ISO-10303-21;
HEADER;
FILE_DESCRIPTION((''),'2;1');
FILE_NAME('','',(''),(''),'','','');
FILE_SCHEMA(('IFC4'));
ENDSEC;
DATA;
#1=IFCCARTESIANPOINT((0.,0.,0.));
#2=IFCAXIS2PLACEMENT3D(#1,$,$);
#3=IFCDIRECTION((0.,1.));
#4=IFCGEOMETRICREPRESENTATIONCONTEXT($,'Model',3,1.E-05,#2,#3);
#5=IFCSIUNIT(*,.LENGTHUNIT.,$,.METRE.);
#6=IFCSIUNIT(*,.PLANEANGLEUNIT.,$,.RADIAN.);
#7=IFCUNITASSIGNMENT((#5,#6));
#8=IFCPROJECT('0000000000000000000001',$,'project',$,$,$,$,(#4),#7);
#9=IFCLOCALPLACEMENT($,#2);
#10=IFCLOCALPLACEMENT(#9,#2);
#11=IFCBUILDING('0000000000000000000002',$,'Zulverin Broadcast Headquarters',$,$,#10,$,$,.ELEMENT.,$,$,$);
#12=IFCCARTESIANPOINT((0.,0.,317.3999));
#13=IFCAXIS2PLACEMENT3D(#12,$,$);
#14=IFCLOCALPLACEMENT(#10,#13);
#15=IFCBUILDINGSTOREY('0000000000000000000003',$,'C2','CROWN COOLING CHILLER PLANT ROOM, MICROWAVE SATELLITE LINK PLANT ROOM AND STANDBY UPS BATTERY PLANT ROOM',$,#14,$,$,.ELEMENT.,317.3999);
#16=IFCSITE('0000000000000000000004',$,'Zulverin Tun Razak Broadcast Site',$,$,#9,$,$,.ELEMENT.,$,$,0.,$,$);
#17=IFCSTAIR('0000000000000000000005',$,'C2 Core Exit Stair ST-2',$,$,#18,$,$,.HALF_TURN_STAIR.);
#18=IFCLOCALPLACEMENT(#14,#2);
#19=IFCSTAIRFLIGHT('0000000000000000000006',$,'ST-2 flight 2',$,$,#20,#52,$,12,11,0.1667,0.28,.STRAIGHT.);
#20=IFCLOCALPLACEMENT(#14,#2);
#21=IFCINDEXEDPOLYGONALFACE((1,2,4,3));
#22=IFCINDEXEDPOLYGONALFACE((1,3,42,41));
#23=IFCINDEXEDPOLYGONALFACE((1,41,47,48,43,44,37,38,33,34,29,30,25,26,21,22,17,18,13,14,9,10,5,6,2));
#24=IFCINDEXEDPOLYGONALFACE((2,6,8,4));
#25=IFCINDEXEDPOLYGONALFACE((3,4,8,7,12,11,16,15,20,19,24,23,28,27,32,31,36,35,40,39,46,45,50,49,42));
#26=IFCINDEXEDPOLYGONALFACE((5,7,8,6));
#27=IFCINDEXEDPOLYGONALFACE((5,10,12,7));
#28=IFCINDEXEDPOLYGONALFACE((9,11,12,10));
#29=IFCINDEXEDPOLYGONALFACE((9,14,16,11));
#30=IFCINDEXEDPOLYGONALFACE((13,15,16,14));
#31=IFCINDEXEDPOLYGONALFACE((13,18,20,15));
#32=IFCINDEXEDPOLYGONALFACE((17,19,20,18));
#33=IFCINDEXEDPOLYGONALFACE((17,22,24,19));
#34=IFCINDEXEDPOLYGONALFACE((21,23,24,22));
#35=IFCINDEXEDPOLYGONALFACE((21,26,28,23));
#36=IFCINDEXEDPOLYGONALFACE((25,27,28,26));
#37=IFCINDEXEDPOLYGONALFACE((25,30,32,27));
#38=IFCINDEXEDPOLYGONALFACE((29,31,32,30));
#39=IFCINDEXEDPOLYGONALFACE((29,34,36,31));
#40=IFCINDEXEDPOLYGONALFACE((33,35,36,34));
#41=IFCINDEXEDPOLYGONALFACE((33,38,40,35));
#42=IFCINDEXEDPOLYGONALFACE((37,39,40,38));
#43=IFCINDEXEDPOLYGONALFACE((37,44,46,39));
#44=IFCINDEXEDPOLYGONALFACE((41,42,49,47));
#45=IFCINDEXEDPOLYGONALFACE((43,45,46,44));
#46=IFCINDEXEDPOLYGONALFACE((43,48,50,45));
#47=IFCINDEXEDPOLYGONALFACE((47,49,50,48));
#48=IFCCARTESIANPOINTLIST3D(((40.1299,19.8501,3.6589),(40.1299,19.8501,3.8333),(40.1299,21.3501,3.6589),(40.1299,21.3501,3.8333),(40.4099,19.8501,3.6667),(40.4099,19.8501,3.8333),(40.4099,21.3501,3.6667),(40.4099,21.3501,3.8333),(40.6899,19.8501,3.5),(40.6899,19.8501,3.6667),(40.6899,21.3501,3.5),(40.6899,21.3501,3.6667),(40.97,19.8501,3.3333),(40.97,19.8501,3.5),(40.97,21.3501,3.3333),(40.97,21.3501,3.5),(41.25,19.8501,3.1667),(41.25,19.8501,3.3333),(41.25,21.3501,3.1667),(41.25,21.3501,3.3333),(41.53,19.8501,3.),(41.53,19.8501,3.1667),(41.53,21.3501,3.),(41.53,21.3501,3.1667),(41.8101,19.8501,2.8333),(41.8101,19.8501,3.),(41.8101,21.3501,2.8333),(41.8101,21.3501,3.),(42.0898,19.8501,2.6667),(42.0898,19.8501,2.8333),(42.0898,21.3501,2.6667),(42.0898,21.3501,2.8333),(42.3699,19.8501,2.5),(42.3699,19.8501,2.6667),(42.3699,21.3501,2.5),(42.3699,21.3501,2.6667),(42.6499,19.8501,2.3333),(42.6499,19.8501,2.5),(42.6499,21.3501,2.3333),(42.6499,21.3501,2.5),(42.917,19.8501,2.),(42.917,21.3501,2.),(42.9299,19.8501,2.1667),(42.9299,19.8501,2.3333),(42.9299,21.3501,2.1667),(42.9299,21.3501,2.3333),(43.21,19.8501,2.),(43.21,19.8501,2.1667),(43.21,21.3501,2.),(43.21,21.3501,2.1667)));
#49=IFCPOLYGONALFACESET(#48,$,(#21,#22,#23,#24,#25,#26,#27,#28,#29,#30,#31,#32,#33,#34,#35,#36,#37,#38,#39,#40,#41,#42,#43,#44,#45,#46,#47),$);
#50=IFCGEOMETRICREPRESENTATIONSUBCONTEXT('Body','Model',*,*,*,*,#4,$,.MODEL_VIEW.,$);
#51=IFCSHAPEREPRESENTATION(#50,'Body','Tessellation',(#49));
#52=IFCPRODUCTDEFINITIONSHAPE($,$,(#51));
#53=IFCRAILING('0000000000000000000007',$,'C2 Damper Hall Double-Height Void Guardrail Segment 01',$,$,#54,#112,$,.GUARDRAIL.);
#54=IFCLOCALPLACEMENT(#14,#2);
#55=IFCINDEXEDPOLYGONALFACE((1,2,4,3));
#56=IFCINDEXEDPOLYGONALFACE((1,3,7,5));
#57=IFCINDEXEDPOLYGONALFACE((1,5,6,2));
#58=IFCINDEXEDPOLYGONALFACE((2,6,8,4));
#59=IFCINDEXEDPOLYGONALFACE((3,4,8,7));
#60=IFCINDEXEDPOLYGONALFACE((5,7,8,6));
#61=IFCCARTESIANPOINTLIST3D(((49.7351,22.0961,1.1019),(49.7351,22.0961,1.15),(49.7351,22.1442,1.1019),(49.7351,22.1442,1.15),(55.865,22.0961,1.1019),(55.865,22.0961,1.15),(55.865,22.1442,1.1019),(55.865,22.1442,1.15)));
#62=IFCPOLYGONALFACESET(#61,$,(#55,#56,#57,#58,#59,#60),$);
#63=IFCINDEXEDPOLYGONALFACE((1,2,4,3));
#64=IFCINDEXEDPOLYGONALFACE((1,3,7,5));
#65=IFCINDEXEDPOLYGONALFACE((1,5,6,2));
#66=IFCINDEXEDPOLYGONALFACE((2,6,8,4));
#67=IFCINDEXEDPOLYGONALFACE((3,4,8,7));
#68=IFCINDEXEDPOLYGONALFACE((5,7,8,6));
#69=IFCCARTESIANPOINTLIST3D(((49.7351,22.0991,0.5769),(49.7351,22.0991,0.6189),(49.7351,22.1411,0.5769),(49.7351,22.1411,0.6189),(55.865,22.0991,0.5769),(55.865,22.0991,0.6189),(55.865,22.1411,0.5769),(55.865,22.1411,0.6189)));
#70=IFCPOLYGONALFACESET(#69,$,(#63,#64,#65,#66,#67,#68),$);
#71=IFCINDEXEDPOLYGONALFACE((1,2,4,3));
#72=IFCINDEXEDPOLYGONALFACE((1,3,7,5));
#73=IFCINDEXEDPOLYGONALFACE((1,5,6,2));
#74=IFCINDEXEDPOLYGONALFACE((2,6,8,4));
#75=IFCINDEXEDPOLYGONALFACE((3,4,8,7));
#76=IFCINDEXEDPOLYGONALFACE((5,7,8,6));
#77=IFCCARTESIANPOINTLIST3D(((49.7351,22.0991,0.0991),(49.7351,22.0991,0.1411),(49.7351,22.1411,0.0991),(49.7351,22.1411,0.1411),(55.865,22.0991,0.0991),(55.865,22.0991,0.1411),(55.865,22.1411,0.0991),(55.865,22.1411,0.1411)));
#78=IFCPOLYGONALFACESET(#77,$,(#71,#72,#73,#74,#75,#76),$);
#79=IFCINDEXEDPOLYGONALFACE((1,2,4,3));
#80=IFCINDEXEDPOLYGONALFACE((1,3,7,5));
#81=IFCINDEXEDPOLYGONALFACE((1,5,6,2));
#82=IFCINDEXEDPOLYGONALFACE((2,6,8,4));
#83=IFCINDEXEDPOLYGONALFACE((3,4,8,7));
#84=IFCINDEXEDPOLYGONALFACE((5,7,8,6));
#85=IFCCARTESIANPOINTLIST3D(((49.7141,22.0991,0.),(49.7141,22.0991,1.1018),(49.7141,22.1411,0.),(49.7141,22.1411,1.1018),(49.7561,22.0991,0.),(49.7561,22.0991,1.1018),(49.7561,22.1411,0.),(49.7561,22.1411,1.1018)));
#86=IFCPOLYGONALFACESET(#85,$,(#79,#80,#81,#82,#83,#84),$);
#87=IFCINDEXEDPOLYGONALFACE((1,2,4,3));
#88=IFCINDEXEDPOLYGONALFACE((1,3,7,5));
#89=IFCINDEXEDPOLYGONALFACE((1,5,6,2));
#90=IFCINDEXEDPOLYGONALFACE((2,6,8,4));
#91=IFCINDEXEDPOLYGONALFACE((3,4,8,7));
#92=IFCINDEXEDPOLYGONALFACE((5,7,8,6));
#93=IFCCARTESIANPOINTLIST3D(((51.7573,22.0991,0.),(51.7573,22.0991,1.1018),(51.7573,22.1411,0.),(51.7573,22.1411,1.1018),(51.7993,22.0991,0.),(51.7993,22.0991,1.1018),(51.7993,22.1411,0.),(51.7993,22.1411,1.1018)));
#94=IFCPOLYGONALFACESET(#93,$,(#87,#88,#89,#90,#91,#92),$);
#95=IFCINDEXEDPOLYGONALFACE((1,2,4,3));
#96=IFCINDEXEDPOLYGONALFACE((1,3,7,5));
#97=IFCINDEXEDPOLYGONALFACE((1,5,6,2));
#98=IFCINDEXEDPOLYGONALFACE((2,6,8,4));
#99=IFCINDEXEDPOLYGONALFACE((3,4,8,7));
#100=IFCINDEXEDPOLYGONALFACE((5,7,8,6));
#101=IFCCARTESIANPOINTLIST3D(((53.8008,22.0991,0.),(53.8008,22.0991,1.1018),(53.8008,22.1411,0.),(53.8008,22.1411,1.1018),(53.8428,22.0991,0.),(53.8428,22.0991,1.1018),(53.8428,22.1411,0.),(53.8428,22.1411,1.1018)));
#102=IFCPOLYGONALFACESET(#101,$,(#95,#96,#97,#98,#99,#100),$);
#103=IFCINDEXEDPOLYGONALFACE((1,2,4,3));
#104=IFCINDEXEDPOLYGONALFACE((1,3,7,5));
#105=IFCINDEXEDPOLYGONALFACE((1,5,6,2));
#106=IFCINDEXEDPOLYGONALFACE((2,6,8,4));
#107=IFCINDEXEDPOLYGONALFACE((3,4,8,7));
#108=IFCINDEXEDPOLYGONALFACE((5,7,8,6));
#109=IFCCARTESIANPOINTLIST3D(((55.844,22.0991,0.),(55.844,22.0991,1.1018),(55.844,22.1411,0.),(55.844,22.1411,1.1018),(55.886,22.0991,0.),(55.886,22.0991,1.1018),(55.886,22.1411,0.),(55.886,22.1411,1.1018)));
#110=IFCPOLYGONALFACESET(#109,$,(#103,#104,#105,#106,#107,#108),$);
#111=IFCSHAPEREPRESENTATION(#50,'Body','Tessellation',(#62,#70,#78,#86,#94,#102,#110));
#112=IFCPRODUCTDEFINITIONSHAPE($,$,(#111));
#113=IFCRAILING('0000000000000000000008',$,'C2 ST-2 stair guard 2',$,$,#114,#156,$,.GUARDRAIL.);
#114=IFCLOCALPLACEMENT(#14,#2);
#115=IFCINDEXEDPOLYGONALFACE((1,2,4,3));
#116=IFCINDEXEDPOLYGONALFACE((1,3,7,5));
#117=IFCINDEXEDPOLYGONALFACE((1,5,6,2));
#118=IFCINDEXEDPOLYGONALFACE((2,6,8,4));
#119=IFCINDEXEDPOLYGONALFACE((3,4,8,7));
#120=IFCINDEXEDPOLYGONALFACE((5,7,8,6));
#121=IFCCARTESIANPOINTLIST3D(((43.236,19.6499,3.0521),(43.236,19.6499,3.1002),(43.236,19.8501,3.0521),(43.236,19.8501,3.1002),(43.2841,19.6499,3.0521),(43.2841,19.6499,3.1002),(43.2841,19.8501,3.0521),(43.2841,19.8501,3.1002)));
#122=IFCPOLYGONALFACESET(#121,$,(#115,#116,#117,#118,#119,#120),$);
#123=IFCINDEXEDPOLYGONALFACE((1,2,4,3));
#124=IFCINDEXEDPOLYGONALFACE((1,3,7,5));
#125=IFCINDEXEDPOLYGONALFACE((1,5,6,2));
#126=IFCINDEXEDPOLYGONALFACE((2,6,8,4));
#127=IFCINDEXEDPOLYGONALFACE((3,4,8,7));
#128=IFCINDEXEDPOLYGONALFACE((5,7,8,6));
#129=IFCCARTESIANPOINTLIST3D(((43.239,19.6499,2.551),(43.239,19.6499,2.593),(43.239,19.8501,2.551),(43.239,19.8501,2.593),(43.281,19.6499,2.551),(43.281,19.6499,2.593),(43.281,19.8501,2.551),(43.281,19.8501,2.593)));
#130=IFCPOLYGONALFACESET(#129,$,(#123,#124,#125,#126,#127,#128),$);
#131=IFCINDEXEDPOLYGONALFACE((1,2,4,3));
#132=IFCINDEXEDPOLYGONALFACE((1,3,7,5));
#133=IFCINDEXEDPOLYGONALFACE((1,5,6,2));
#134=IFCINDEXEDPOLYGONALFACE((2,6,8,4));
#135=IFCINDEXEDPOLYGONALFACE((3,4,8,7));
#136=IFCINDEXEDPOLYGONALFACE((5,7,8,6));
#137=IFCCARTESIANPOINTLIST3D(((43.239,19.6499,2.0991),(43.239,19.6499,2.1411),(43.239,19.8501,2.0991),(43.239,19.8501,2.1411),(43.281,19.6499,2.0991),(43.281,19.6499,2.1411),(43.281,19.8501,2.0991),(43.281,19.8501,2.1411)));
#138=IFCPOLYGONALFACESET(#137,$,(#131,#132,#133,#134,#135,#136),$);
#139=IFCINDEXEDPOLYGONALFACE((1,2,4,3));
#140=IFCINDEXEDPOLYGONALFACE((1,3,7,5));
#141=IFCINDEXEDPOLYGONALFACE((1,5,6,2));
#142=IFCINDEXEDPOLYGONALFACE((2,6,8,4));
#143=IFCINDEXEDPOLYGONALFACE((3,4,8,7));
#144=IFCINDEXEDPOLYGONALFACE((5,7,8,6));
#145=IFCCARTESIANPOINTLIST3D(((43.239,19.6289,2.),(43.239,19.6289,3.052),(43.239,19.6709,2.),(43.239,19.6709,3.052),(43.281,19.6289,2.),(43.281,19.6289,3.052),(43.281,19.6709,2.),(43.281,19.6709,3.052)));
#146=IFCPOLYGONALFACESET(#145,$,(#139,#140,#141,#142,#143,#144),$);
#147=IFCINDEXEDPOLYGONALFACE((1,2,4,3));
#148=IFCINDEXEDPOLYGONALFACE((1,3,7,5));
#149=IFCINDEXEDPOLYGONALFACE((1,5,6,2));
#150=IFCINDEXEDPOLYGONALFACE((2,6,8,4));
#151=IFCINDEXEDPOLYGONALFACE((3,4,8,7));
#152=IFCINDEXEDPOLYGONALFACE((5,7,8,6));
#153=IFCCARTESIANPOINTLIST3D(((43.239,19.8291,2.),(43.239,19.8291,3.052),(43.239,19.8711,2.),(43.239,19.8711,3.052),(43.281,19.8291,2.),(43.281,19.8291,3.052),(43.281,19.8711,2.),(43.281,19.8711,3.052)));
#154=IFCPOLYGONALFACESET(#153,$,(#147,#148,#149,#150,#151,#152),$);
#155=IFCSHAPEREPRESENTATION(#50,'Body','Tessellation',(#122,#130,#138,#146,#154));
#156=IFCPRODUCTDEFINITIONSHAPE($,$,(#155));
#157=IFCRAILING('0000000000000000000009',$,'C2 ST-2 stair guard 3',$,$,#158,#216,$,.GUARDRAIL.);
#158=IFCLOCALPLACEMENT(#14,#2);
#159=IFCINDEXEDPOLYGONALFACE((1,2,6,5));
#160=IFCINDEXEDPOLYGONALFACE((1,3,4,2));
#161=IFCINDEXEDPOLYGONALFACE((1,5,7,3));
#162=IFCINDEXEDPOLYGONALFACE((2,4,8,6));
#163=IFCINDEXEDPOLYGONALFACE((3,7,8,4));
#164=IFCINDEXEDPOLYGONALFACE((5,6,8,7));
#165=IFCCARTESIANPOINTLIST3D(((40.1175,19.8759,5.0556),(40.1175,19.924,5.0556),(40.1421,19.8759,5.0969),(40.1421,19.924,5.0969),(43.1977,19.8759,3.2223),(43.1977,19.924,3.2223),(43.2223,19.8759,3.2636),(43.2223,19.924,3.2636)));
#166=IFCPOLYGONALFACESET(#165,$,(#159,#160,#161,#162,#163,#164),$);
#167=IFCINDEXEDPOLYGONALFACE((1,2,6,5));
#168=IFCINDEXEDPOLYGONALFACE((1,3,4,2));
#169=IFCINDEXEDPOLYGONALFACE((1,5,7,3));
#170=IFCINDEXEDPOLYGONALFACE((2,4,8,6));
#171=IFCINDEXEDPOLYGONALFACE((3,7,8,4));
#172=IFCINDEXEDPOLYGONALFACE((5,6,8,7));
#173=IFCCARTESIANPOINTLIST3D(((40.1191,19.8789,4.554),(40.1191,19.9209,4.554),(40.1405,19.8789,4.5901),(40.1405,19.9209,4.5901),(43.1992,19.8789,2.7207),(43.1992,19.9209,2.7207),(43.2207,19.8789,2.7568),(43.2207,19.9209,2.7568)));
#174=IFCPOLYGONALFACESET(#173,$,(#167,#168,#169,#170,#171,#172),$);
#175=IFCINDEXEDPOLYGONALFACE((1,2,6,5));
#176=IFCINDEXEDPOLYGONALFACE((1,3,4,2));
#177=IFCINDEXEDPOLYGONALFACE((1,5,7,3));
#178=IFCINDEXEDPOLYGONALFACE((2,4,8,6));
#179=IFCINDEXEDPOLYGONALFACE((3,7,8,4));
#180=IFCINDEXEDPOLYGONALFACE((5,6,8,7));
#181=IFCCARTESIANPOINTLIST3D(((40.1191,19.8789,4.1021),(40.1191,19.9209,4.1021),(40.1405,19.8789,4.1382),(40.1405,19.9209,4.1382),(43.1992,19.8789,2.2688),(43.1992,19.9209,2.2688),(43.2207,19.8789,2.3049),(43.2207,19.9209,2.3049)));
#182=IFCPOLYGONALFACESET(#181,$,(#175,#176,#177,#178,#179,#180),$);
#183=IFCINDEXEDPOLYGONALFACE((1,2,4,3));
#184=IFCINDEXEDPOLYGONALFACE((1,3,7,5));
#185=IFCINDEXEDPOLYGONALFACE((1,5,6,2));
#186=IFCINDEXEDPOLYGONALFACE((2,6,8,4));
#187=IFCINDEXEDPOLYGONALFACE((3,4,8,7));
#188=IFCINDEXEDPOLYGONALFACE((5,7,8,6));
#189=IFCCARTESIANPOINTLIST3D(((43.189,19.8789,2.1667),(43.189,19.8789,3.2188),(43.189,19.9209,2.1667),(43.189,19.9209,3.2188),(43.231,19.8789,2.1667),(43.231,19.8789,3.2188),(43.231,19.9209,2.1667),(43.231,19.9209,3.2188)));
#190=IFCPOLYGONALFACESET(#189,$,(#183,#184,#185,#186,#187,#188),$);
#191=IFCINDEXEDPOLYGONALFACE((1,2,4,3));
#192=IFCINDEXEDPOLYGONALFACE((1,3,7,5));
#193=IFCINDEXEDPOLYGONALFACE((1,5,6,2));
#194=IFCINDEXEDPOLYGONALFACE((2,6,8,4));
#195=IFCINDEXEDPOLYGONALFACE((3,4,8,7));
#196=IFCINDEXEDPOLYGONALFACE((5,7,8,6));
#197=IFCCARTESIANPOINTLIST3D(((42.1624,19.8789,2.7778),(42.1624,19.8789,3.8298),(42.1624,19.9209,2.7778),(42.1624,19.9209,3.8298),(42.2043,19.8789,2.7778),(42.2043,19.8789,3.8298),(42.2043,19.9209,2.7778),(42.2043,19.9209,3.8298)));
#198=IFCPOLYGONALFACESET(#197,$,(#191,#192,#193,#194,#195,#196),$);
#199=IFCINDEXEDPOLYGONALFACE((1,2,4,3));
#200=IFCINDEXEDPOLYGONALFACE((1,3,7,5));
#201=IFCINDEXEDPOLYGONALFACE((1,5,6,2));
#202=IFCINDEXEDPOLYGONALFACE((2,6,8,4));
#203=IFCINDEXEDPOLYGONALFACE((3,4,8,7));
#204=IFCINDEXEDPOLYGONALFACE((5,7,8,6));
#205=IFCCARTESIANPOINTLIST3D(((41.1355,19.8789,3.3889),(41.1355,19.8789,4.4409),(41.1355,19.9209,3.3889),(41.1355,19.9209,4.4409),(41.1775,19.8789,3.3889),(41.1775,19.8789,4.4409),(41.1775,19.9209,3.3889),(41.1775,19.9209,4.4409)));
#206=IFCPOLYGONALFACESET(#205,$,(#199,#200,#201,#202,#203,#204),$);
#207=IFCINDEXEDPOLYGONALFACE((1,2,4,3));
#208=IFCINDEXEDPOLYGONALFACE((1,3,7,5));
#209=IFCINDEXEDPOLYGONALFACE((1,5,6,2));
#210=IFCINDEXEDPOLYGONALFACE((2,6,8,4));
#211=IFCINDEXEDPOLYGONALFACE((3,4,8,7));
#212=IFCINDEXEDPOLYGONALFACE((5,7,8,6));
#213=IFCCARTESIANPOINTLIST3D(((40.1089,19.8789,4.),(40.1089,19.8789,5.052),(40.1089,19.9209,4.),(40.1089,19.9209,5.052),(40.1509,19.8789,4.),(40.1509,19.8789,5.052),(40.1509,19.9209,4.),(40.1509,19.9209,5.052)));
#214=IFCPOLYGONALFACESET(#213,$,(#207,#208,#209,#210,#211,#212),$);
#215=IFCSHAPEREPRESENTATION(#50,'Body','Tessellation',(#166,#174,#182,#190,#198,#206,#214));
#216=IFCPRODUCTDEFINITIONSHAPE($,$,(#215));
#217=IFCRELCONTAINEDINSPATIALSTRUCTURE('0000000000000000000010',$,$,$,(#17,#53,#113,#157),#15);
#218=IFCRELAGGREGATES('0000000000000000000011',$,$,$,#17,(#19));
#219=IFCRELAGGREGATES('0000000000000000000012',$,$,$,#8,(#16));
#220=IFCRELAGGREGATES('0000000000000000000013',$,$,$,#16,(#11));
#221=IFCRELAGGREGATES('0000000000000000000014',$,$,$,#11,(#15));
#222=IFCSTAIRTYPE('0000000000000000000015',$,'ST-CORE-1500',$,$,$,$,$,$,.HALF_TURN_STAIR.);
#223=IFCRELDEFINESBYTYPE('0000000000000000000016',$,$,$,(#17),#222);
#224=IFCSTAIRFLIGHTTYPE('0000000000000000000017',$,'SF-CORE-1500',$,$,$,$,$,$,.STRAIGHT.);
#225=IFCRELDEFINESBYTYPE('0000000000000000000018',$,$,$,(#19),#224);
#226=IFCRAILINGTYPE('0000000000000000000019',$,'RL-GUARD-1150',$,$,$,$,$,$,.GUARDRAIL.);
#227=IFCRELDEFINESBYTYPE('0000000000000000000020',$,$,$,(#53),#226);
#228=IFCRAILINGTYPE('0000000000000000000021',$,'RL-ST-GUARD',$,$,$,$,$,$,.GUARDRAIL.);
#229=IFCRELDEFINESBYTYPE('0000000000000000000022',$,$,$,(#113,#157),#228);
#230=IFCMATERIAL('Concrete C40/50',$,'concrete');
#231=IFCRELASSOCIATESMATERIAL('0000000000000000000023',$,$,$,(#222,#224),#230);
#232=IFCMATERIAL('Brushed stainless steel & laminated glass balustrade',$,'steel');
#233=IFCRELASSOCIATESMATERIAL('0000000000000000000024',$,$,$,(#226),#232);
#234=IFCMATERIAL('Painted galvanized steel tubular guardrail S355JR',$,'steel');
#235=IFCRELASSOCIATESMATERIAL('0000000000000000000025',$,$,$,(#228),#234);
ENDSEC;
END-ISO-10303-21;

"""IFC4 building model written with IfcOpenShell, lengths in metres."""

from ifc_helpers import new_model, si_unit, direction, frame, origin, origin_2d, place, context, subcontext, project, spatial, polyline, rectangle, outline, extrude, material, type_object, element, aggregate, save


model = new_model("IFC4")

# Units and contexts
model_context = context("Model", 3, precision=1e-05, world=origin(), true_north=direction((0.0, 1.0)))
body_context = subcontext(model_context, "Body", "Model", "MODEL_VIEW")
ifc_project = project(units=[si_unit("LENGTHUNIT", "METRE"), si_unit("PLANEANGLEUNIT", "RADIAN")], contexts=[model_context])

# Site, building, storey
site_placement = place(None, origin())
site = spatial("IfcSite", under=ifc_project, at=site_placement, Name="Zulverin Tun Razak Broadcast Site", CompositionType="ELEMENT", RefElevation=0.0)
building_placement = place(site_placement, origin())
building = spatial("IfcBuilding", under=site, at=building_placement, Name="Zulverin Broadcast Headquarters", CompositionType="ELEMENT")
storey_placement = place(building_placement, frame((0.0, 0.0, 317.3999)))
storey = spatial("IfcBuildingStorey", under=building, at=storey_placement, Name="C2", Description="CROWN COOLING CHILLER PLANT ROOM, MICROWAVE SATELLITE LINK PLANT ROOM AND STANDBY UPS BATTERY PLANT ROOM", CompositionType="ELEMENT", Elevation=317.3999)

# Shared definitions
ifc_material_1 = material(Name="Concrete C40/50", Category="concrete")

# Stair, stair flight
stair_type = type_object("IfcStairType", Name="ST-CORE-1500", PredefinedType="HALF_TURN_STAIR", material=ifc_material_1)
stair_placement = place(storey_placement, origin())
stair = element("IfcStair", 1, at=stair_placement, inside=storey, type_object=stair_type, Name="C2 Core Exit Stair ST-2", PredefinedType="HALF_TURN_STAIR")
stair_flight_type = type_object("IfcStairFlightType", Name="SF-CORE-1500", PredefinedType="STRAIGHT", material=ifc_material_1)
stair_flight_placement = place(storey_placement, frame((43.21, 20.6001, 2.0), z_axis=(0.0, 0.0, 1.0), x_axis=(-1.0, 0.0, 0.0)))
stair_flight = element("IfcStairFlight", 2, at=stair_flight_placement, type_object=stair_flight_type, Name="ST-2 flight 2", NumberOfRisers=12, NumberOfTreads=11, PredefinedType="STRAIGHT", RiserHeight=0.1667, TreadLength=0.28, context=body_context, shape_type="SweptSolid", body=[
    extrude(outline(polyline([(0.0, 0.0), (0.0, 0.1667), (0.28, 0.1667), (0.28, 0.3333), (0.5601, 0.3333), (0.5601, 0.5), (0.8401, 0.5), (0.8401, 0.6667), (1.1201, 0.6667), (1.1201, 0.8333), (1.3999, 0.8333), (1.3999, 1.0), (1.6799, 1.0), (1.6799, 1.1667), (1.96, 1.1667), (1.96, 1.3333), (2.24, 1.3333), (2.24, 1.5), (2.52, 1.5), (2.52, 1.6667), (2.8, 1.6667), (2.8, 1.8333), (3.0801, 1.8333), (3.0801, 2.0), (3.0801, 1.6589), (0.293, 0.0), (0.0, 0.0)])), frame((0.0, 0.75, 0.0), z_axis=(0.0, -1.0, 0.0), x_axis=(1.0, 0.0, 0.0)), (0.0, 0.0, 1.0), 1.5),
])
aggregate(stair, [stair_flight])

# Railings
ifc_material_2 = material(Name="Brushed stainless steel & laminated glass balustrade", Category="steel")
railing_type_1 = type_object("IfcRailingType", Name="RL-GUARD-1150", PredefinedType="GUARDRAIL", material=ifc_material_2)
railing_1_placement = place(storey_placement, frame((49.7351, 22.1201, 0.0)))
element("IfcRailing", 3, at=railing_1_placement, inside=storey, type_object=railing_type_1, Name="C2 Damper Hall Double-Height Void Guardrail Segment 01", PredefinedType="GUARDRAIL", context=body_context, shape_type="SweptSolid", body=[
    extrude(rectangle(XDim=0.0481, YDim=0.0481, at=origin_2d()), frame((0.0, 0.0, 1.126), z_axis=(1.0, 0.0, 0.0), x_axis=(0.0, 1.0, 0.0)), (0.0, 0.0, 1.0), 6.1299),
    extrude(rectangle(XDim=0.042, YDim=0.042, at=origin_2d()), frame((0.0, 0.0, 0.5979), z_axis=(1.0, 0.0, 0.0), x_axis=(0.0, 1.0, 0.0)), (0.0, 0.0, 1.0), 6.1299),
    extrude(rectangle(XDim=0.042, YDim=0.042, at=origin_2d()), frame((0.0, 0.0, 0.1201), z_axis=(1.0, 0.0, 0.0), x_axis=(0.0, 1.0, 0.0)), (0.0, 0.0, 1.0), 6.1299),
    extrude(rectangle(XDim=0.042, YDim=0.042, at=origin_2d()), origin(), (0.0, 0.0, 1.0), 1.1018),
    extrude(rectangle(XDim=0.042, YDim=0.042, at=origin_2d()), frame((2.0432, 0.0, 0.0)), (0.0, 0.0, 1.0), 1.1018),
    extrude(rectangle(XDim=0.042, YDim=0.042, at=origin_2d()), frame((4.0867, 0.0, 0.0)), (0.0, 0.0, 1.0), 1.1018),
    extrude(rectangle(XDim=0.042, YDim=0.042, at=origin_2d()), frame((6.1299, 0.0, 0.0)), (0.0, 0.0, 1.0), 1.1018),
])
ifc_material_3 = material(Name="Painted galvanized steel tubular guardrail S355JR", Category="steel")
railing_type_2 = type_object("IfcRailingType", Name="RL-ST-GUARD", PredefinedType="GUARDRAIL", material=ifc_material_3)
railing_2_placement = place(storey_placement, frame((43.26, 19.6499, 2.0)))
element("IfcRailing", 4, at=railing_2_placement, inside=storey, type_object=railing_type_2, Name="C2 ST-2 stair guard 2", PredefinedType="GUARDRAIL", context=body_context, shape_type="SweptSolid", body=[
    extrude(rectangle(XDim=0.0481, YDim=0.0481, at=origin_2d()), frame((0.0, 0.0, 1.0762), z_axis=(0.0, 1.0, 0.0), x_axis=(-1.0, 0.0, 0.0)), (0.0, 0.0, 1.0), 0.2002),
    extrude(rectangle(XDim=0.042, YDim=0.042, at=origin_2d()), frame((0.0, 0.0, 0.572), z_axis=(0.0, 1.0, 0.0), x_axis=(-1.0, 0.0, 0.0)), (0.0, 0.0, 1.0), 0.2002),
    extrude(rectangle(XDim=0.042, YDim=0.042, at=origin_2d()), frame((0.0, 0.0, 0.1201), z_axis=(0.0, 1.0, 0.0), x_axis=(-1.0, 0.0, 0.0)), (0.0, 0.0, 1.0), 0.2002),
    extrude(rectangle(XDim=0.042, YDim=0.042, at=origin_2d()), origin(), (0.0, 0.0, 1.0), 1.052),
    extrude(rectangle(XDim=0.042, YDim=0.042, at=origin_2d()), frame((0.0, 0.2002, 0.0)), (0.0, 0.0, 1.0), 1.052),
])
railing_3_placement = place(storey_placement, frame((43.21, 19.8999, 2.1667)))
element("IfcRailing", 5, at=railing_3_placement, inside=storey, type_object=railing_type_2, Name="C2 ST-2 stair guard 3", PredefinedType="GUARDRAIL", context=body_context, shape_type="SweptSolid", body=[
    extrude(rectangle(XDim=0.0481, YDim=0.0481, at=origin_2d()), frame((0.0, 0.0, 1.0762), z_axis=(-0.859309, 0.0, 0.511458), x_axis=(0.0, -1.0, 0.0)), (0.0, 0.0, 1.0), 3.5845),
    extrude(rectangle(XDim=0.042, YDim=0.042, at=origin_2d()), frame((0.0, 0.0, 0.572), z_axis=(-0.859309, 0.0, 0.511458), x_axis=(0.0, -1.0, 0.0)), (0.0, 0.0, 1.0), 3.5845),
    extrude(rectangle(XDim=0.042, YDim=0.042, at=origin_2d()), frame((0.0, 0.0, 0.1201), z_axis=(-0.859309, 0.0, 0.511458), x_axis=(0.0, -1.0, 0.0)), (0.0, 0.0, 1.0), 3.5845),
    extrude(rectangle(XDim=0.042, YDim=0.042, at=origin_2d()), origin(), (0.0, 0.0, 1.0), 1.052),
    extrude(rectangle(XDim=0.042, YDim=0.042, at=origin_2d()), frame((-1.0266, 0.0, 0.6111)), (0.0, 0.0, 1.0), 1.052),
    extrude(rectangle(XDim=0.042, YDim=0.042, at=origin_2d()), frame((-2.0535, 0.0, 1.2222)), (0.0, 0.0, 1.0), 1.052),
    extrude(rectangle(XDim=0.042, YDim=0.042, at=origin_2d()), frame((-3.0801, 0.0, 1.8333)), (0.0, 0.0, 1.0), 1.052),
])

save(model, "model.ifc")
